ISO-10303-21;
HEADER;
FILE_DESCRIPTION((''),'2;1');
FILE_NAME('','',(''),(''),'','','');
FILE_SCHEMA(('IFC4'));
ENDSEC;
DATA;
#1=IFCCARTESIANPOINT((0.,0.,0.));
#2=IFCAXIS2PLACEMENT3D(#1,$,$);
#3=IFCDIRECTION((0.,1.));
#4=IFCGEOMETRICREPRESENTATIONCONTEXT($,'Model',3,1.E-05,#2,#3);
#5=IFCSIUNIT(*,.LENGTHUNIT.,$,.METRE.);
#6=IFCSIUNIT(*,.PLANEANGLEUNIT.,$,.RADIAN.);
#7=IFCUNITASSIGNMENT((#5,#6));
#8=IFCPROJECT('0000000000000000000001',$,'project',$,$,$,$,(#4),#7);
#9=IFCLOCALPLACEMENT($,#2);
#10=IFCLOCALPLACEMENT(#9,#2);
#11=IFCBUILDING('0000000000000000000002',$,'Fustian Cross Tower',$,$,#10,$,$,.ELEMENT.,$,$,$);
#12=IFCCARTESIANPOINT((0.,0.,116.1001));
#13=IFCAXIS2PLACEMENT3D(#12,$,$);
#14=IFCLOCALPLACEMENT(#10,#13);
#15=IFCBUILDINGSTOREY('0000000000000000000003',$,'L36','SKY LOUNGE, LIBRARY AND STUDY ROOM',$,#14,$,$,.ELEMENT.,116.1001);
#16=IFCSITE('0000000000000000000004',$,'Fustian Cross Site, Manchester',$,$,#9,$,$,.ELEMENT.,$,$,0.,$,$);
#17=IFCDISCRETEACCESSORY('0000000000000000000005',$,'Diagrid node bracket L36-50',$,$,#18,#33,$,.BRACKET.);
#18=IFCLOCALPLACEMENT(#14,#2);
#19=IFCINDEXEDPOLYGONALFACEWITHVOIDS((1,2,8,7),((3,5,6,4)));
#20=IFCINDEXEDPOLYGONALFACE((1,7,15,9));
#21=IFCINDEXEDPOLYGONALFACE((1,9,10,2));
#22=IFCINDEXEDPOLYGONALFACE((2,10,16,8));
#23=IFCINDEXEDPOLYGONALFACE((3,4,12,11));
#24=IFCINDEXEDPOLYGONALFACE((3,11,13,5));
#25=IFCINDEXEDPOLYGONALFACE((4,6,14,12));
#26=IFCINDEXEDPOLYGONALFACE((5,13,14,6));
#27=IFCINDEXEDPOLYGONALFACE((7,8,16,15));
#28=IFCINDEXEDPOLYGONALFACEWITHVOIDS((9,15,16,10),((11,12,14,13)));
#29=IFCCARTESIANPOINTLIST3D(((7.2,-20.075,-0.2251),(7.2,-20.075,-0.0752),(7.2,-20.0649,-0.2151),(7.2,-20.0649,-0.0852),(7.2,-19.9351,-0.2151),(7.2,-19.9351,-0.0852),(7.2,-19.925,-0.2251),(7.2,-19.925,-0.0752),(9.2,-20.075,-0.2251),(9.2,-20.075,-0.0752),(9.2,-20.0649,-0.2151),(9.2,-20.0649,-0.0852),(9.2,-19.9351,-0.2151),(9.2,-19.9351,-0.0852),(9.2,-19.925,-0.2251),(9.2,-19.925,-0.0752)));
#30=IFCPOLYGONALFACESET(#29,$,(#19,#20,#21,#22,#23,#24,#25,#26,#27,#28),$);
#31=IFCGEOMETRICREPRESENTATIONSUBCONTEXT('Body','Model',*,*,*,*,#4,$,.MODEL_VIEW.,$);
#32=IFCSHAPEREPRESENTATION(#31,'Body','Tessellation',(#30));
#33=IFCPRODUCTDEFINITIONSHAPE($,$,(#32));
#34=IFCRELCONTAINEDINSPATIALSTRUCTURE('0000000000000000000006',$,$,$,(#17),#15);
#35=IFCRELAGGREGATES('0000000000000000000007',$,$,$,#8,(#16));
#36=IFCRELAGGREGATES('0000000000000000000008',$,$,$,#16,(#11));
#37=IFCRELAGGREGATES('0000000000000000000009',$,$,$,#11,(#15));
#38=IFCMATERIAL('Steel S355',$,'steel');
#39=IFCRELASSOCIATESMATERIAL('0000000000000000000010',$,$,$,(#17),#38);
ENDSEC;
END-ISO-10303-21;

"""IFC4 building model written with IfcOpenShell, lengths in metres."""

from ifc_helpers import new_model, si_unit, direction, frame, origin, origin_2d, place, context, subcontext, project, spatial, hollow_rectangle, extrude, material, element, save


model = new_model("IFC4")

# Units and contexts
model_context = context("Model", 3, precision=1e-05, world=origin(), true_north=direction((0.0, 1.0)))
body_context = subcontext(model_context, "Body", "Model", "MODEL_VIEW")
ifc_project = project(units=[si_unit("LENGTHUNIT", "METRE"), si_unit("PLANEANGLEUNIT", "RADIAN")], contexts=[model_context])

# Site, building, storey
site_placement = place(None, origin())
site = spatial("IfcSite", under=ifc_project, at=site_placement, Name="Fustian Cross Site, Manchester", CompositionType="ELEMENT", RefElevation=0.0)
building_placement = place(site_placement, origin())
building = spatial("IfcBuilding", under=site, at=building_placement, Name="Fustian Cross Tower", CompositionType="ELEMENT")
storey_placement = place(building_placement, frame((0.0, 0.0, 116.1001)))
storey = spatial("IfcBuildingStorey", under=building, at=storey_placement, Name="L36", Description="SKY LOUNGE, LIBRARY AND STUDY ROOM", CompositionType="ELEMENT", Elevation=116.1001)

# Discrete accessory
ifc_material_1 = material(Name="Steel S355", Category="steel")
discrete_accessory_placement = place(storey_placement, frame((9.2, -20.0, -0.1501), z_axis=(-1.0, 0.0, 0.0), x_axis=(0.0, -1.0, 0.0)))
element("IfcDiscreteAccessory", 1, at=discrete_accessory_placement, inside=storey, material=ifc_material_1, Name="Diagrid node bracket L36-50", PredefinedType="BRACKET", context=body_context, shape_type="SweptSolid", body=[
    extrude(hollow_rectangle(XDim=0.1499, YDim=0.1499, WallThickness=0.01, at=origin_2d()), origin(), (0.0, 0.0, 1.0), 2.0),
])

save(model, "model.ifc")
